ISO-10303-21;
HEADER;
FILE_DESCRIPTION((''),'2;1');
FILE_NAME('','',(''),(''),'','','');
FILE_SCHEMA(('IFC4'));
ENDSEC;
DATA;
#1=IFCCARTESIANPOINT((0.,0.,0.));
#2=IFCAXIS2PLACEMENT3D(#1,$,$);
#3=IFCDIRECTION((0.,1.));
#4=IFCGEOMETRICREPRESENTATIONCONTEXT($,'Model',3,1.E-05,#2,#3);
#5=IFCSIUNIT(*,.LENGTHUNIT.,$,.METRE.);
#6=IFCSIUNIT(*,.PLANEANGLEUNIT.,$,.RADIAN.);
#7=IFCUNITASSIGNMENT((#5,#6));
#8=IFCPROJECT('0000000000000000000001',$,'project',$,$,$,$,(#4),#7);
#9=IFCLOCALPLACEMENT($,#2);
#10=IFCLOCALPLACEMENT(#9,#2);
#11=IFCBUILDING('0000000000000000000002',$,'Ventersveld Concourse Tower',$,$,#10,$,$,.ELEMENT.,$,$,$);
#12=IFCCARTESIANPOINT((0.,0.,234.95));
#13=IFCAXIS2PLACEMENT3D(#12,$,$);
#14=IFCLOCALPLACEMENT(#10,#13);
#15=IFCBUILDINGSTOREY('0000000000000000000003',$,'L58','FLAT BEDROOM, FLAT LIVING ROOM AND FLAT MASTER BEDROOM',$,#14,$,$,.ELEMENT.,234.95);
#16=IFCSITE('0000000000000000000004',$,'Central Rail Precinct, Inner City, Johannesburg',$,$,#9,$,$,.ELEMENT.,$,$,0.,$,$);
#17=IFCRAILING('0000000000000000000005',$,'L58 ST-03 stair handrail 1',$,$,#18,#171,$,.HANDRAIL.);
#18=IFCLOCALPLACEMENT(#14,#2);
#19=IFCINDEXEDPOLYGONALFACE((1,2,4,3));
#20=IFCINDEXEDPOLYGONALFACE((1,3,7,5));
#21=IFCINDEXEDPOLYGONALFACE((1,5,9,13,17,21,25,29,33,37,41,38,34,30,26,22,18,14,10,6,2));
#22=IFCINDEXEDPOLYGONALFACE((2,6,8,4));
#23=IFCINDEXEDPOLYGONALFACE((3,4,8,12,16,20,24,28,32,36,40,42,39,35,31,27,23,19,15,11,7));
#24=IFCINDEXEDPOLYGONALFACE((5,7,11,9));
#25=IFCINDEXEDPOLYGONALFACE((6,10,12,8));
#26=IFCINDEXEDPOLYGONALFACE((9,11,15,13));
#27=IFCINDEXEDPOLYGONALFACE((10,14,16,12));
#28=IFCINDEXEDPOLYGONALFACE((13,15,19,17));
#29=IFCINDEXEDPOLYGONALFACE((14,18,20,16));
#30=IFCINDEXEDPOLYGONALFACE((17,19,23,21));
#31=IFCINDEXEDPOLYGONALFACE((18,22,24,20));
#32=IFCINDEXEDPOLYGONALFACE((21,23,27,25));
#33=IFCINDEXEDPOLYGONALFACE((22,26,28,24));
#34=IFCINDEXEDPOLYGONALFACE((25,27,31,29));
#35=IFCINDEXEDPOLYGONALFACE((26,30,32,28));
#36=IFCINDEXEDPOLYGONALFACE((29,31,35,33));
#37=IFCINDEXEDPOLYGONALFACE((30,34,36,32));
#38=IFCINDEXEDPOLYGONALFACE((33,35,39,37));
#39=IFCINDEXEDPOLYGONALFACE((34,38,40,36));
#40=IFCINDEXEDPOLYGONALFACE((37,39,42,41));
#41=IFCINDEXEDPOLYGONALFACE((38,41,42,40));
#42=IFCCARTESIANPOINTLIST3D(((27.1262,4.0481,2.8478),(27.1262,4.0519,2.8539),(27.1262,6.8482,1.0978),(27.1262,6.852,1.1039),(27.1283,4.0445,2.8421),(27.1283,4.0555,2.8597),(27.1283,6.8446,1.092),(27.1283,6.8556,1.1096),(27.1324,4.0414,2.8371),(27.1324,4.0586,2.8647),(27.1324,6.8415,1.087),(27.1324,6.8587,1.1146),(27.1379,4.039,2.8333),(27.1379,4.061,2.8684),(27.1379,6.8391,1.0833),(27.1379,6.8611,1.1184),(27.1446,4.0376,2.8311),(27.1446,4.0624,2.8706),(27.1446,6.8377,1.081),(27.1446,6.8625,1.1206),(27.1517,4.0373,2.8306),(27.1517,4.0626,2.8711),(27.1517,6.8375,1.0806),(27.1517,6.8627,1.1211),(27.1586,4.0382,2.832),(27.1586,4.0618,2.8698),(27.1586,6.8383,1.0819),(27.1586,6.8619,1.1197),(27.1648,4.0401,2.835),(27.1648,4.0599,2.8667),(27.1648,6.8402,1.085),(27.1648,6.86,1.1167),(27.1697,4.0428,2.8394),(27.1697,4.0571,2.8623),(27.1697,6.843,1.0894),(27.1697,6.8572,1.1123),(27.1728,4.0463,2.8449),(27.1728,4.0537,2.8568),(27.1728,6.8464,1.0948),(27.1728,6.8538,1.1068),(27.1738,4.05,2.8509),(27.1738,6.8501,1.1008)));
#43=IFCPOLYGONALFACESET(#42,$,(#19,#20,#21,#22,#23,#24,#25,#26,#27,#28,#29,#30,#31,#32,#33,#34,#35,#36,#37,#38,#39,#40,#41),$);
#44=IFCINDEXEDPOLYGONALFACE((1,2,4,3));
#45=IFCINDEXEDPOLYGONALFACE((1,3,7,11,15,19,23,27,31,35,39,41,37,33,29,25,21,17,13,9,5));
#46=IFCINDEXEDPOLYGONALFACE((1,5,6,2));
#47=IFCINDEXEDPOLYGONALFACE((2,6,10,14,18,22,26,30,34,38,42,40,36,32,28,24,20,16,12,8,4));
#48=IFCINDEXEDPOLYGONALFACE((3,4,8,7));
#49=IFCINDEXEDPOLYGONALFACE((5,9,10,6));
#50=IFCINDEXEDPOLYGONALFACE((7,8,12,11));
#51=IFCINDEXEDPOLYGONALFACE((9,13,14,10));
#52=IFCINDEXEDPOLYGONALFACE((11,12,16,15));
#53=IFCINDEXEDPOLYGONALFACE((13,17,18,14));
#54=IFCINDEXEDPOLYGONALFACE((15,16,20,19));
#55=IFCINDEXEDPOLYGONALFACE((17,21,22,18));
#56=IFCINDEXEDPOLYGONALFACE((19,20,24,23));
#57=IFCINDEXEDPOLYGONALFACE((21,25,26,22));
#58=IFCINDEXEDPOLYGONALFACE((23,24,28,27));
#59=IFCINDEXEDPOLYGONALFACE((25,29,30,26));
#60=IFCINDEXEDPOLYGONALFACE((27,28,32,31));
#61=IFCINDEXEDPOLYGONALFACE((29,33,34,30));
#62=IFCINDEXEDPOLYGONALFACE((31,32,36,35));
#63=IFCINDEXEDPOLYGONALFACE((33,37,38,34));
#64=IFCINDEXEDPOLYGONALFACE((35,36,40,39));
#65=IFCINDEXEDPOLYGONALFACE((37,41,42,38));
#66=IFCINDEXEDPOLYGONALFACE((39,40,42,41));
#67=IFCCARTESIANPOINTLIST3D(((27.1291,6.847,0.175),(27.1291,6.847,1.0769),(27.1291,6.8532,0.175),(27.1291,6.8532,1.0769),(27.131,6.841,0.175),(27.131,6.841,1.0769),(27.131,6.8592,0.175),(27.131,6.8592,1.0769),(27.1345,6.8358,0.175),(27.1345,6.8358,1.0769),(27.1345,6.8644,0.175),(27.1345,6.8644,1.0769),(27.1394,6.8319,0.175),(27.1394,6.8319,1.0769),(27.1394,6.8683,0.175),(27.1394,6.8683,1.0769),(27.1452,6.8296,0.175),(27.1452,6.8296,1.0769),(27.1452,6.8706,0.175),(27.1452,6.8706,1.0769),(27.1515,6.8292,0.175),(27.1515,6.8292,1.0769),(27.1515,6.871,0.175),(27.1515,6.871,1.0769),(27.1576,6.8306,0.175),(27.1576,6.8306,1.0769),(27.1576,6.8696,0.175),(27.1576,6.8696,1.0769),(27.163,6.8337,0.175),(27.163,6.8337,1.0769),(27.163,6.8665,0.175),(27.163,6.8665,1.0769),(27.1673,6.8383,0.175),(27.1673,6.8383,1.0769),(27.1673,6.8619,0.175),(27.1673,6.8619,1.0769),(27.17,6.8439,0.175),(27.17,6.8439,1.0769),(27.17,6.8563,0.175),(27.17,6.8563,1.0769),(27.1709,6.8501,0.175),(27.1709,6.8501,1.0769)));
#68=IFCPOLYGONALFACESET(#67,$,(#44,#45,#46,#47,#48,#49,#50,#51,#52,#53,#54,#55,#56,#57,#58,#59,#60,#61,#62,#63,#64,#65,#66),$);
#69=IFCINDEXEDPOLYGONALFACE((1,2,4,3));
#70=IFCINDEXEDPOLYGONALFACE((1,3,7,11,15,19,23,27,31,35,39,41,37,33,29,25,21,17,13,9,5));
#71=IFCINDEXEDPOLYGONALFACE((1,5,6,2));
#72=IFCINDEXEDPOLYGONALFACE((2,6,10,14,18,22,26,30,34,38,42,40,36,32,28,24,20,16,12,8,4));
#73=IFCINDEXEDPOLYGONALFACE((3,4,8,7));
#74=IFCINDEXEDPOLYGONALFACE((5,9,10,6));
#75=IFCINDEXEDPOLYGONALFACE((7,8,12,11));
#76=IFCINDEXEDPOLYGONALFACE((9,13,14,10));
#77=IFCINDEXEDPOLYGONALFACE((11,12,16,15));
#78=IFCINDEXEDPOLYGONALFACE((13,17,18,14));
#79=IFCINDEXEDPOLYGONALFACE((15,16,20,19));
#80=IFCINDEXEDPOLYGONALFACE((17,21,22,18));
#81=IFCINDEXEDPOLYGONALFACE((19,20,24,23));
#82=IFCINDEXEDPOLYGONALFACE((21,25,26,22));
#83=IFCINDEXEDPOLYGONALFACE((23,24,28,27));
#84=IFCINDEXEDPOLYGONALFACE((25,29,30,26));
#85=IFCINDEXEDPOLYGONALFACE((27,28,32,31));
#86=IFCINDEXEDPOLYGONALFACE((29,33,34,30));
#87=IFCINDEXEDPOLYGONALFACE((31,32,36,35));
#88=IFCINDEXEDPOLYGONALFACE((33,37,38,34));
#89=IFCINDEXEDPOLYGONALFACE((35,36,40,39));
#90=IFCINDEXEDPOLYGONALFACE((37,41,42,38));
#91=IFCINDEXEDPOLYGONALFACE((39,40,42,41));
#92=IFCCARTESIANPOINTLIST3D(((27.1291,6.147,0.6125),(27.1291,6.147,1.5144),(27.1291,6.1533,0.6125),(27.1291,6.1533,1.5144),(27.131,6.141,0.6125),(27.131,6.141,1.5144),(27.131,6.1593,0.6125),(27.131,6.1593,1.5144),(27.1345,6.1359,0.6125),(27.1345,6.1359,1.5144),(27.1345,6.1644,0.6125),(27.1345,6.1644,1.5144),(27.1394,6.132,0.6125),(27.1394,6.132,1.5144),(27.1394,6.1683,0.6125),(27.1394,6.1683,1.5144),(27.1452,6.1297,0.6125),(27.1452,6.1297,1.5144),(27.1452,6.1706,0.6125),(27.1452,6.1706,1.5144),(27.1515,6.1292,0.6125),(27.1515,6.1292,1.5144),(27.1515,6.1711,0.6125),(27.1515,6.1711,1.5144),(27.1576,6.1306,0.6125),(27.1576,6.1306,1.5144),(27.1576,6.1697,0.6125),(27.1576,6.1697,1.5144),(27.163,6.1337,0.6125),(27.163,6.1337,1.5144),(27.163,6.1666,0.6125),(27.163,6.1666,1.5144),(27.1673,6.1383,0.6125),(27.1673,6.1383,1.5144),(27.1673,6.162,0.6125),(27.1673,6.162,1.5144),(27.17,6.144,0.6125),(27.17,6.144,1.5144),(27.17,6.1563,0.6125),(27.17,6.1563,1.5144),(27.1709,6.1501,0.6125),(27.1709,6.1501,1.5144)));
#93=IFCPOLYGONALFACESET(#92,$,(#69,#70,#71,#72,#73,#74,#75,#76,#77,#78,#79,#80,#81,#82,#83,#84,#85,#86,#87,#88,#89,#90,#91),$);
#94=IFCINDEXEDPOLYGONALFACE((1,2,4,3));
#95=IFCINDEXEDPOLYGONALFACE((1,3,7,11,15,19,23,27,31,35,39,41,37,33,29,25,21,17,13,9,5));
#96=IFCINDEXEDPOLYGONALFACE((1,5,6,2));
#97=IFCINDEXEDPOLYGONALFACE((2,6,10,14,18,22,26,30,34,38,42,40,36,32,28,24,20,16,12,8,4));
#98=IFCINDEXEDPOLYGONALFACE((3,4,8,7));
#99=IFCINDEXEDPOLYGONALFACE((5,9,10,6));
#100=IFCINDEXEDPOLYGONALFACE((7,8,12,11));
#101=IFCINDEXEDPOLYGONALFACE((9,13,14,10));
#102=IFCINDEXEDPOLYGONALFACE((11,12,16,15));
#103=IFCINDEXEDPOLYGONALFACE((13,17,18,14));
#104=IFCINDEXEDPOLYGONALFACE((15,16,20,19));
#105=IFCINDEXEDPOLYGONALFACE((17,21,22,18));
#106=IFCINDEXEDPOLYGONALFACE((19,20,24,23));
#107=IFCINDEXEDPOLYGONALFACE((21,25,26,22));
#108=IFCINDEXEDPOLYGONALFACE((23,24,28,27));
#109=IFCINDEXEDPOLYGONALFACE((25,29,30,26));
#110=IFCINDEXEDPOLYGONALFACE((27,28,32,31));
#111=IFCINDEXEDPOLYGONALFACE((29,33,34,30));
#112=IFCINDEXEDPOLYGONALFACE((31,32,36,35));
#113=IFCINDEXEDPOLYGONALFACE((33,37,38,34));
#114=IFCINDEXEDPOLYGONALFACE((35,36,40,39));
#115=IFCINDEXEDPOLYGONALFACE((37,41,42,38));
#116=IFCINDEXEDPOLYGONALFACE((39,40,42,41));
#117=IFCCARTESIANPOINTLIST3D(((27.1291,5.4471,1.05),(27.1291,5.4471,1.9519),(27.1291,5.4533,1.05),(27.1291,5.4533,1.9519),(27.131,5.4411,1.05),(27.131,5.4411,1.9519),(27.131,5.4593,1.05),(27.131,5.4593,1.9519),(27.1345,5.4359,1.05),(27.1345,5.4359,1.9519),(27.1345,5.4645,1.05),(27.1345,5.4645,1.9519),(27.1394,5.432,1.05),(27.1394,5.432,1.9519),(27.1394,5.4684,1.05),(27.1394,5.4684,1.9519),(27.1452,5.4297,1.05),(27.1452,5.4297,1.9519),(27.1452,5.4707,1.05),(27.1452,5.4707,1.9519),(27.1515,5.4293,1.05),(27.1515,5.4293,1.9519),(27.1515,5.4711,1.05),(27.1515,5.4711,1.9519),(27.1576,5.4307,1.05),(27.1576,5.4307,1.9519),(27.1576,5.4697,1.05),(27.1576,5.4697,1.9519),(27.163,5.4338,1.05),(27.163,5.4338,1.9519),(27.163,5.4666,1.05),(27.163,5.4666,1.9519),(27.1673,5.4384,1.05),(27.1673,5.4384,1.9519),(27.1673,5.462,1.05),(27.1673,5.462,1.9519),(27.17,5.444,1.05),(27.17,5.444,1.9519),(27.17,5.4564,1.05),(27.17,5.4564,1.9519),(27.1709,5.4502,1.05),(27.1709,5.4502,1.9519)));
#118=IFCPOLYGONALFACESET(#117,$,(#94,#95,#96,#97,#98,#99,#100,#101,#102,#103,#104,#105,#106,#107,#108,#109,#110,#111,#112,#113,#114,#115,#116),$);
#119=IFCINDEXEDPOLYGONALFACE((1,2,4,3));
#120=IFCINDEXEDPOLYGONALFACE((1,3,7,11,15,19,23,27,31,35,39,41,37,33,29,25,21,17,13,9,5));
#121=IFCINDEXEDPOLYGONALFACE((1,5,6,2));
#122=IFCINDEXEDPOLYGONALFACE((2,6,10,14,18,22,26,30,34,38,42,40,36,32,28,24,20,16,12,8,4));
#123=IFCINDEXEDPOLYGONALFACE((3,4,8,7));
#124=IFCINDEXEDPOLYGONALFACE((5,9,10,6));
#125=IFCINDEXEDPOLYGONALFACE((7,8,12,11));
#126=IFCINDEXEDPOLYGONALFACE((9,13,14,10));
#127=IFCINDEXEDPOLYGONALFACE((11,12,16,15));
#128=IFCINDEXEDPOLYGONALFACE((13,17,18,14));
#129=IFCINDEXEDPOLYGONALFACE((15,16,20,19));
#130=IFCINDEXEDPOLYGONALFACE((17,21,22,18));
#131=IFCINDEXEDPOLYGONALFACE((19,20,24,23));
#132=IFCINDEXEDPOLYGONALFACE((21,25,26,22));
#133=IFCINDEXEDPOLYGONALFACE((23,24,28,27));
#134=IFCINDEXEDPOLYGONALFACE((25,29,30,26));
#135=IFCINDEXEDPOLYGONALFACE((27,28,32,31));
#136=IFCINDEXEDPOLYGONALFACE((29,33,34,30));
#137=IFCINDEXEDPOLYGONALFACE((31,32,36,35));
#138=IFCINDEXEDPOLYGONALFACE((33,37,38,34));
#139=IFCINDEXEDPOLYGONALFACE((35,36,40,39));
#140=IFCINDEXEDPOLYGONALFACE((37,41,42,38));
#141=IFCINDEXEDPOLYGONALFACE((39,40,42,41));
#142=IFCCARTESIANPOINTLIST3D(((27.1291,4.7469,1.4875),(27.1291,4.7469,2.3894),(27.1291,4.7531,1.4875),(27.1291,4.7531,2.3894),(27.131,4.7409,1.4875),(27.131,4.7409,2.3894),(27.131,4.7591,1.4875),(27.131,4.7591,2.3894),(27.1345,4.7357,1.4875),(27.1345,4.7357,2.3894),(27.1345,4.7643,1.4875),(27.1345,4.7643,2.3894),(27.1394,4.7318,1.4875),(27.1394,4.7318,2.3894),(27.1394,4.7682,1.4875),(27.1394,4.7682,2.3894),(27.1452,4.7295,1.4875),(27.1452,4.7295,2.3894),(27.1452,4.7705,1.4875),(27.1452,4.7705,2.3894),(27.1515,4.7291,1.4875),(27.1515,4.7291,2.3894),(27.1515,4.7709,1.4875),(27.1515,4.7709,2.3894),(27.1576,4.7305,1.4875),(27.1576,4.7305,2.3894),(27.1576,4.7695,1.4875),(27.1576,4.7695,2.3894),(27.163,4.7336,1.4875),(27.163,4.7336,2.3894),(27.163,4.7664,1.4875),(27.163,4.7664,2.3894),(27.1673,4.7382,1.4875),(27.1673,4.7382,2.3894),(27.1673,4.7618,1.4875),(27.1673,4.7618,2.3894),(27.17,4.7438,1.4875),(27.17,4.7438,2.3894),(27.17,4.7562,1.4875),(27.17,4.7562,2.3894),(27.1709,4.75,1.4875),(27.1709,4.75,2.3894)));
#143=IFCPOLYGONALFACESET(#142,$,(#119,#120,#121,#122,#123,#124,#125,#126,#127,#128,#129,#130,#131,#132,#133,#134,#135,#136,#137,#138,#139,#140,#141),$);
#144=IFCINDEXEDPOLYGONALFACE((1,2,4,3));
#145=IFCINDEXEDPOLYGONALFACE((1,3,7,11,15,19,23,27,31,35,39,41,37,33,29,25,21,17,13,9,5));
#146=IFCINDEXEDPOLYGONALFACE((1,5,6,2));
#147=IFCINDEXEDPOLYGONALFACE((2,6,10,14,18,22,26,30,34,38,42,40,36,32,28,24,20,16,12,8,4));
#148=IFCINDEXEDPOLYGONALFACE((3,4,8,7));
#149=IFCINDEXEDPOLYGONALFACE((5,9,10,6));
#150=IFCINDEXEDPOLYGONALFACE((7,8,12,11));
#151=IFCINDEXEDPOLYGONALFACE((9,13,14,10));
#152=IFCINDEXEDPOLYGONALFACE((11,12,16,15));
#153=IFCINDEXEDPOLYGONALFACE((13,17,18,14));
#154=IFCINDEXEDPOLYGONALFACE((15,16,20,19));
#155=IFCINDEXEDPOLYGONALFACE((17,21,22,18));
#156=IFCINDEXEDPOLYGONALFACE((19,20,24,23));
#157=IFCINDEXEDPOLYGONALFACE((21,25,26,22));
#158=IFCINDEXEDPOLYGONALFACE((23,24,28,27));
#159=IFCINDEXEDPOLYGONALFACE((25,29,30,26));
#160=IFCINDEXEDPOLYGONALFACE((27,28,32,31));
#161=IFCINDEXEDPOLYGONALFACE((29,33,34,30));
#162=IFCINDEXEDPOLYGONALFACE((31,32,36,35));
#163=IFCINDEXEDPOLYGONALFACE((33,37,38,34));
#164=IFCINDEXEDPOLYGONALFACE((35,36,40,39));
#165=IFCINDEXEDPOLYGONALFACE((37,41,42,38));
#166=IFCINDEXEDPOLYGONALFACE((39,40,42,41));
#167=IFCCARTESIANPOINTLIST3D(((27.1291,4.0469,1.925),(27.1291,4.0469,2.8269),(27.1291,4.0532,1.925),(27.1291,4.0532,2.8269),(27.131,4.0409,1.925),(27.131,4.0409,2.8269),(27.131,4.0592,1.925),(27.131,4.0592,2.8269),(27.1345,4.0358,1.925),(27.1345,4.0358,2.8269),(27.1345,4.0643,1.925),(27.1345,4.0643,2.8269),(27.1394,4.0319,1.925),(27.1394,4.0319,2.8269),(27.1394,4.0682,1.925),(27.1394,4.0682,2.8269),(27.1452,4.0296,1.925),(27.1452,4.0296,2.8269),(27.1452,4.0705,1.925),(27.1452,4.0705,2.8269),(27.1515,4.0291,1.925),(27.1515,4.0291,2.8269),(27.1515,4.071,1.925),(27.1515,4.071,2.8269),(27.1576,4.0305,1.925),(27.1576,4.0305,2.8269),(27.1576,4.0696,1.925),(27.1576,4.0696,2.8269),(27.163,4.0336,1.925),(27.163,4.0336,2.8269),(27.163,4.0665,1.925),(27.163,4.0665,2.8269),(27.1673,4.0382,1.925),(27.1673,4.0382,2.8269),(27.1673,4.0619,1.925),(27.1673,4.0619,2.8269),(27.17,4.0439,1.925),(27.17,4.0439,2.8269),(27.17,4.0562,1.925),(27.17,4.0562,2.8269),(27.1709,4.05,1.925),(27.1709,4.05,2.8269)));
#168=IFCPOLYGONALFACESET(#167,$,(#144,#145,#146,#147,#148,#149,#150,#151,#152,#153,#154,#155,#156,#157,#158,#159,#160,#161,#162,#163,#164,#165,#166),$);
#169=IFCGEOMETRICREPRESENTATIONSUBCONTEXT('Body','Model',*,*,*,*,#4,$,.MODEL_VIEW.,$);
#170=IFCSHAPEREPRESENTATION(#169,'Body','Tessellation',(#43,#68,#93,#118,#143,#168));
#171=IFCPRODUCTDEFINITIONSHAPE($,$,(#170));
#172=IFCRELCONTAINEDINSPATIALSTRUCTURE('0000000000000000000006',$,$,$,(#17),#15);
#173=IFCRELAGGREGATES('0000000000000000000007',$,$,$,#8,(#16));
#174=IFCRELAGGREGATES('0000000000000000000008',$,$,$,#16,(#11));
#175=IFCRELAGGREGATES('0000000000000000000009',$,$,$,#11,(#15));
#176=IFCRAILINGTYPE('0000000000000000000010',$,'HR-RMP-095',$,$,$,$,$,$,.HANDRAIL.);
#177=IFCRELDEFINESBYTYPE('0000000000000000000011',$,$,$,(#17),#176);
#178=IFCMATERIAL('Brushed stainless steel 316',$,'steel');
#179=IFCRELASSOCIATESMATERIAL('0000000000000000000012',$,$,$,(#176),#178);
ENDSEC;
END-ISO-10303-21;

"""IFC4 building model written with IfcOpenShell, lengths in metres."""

from ifc_helpers import new_model, si_unit, direction, frame, origin, origin_2d, place, context, subcontext, project, spatial, circle, extrude, material, type_object, element, save


model = new_model("IFC4")

# Units and contexts
model_context = context("Model", 3, precision=1e-05, world=origin(), true_north=direction((0.0, 1.0)))
body_context = subcontext(model_context, "Body", "Model", "MODEL_VIEW")
ifc_project = project(units=[si_unit("LENGTHUNIT", "METRE"), si_unit("PLANEANGLEUNIT", "RADIAN")], contexts=[model_context])

# Site, building, storey
site_placement = place(None, origin())
site = spatial("IfcSite", under=ifc_project, at=site_placement, Name="Central Rail Precinct, Inner City, Johannesburg", CompositionType="ELEMENT", RefElevation=0.0)
building_placement = place(site_placement, origin())
building = spatial("IfcBuilding", under=site, at=building_placement, Name="Ventersveld Concourse Tower", CompositionType="ELEMENT")
storey_placement = place(building_placement, frame((0.0, 0.0, 234.95)))
storey = spatial("IfcBuildingStorey", under=building, at=storey_placement, Name="L58", Description="FLAT BEDROOM, FLAT LIVING ROOM AND FLAT MASTER BEDROOM", CompositionType="ELEMENT", Elevation=234.95)

# Shared definitions
ifc_material_1 = material(Name="Brushed stainless steel 316", Category="steel")

# Railing
railing_type_1 = type_object("IfcRailingType", Name="HR-RMP-095", PredefinedType="HANDRAIL", material=ifc_material_1)
railing_1_placement = place(storey_placement, frame((27.1499, 6.8501, 0.175)))
element("IfcRailing", 1, at=railing_1_placement, inside=storey, type_object=railing_type_1, Name="L58 ST-03 stair handrail 1", PredefinedType="HANDRAIL", context=body_context, shape_type="SweptSolid", body=[
    extrude(circle(Radius=0.0239, at=origin_2d()), frame((0.0, 0.0, 0.9258), z_axis=(0.0, -0.848002, 0.529992), x_axis=(1.0, 0.0, 0.0)), (0.0, 0.0, 1.0), 3.302),
    extrude(circle(Radius=0.021, at=origin_2d()), origin(), (0.0, 0.0, 1.0), 0.9019),
    extrude(circle(Radius=0.021, at=origin_2d()), frame((0.0, -0.7, 0.4375)), (0.0, 0.0, 1.0), 0.9019),
    extrude(circle(Radius=0.021, at=origin_2d()), frame((0.0, -1.3999, 0.875)), (0.0, 0.0, 1.0), 0.9019),
    extrude(circle(Radius=0.021, at=origin_2d()), frame((0.0, -2.1001, 1.3125)), (0.0, 0.0, 1.0), 0.9019),
    extrude(circle(Radius=0.021, at=origin_2d()), frame((0.0, -2.8, 1.75)), (0.0, 0.0, 1.0), 0.9019),
])

save(model, "model.ifc")
